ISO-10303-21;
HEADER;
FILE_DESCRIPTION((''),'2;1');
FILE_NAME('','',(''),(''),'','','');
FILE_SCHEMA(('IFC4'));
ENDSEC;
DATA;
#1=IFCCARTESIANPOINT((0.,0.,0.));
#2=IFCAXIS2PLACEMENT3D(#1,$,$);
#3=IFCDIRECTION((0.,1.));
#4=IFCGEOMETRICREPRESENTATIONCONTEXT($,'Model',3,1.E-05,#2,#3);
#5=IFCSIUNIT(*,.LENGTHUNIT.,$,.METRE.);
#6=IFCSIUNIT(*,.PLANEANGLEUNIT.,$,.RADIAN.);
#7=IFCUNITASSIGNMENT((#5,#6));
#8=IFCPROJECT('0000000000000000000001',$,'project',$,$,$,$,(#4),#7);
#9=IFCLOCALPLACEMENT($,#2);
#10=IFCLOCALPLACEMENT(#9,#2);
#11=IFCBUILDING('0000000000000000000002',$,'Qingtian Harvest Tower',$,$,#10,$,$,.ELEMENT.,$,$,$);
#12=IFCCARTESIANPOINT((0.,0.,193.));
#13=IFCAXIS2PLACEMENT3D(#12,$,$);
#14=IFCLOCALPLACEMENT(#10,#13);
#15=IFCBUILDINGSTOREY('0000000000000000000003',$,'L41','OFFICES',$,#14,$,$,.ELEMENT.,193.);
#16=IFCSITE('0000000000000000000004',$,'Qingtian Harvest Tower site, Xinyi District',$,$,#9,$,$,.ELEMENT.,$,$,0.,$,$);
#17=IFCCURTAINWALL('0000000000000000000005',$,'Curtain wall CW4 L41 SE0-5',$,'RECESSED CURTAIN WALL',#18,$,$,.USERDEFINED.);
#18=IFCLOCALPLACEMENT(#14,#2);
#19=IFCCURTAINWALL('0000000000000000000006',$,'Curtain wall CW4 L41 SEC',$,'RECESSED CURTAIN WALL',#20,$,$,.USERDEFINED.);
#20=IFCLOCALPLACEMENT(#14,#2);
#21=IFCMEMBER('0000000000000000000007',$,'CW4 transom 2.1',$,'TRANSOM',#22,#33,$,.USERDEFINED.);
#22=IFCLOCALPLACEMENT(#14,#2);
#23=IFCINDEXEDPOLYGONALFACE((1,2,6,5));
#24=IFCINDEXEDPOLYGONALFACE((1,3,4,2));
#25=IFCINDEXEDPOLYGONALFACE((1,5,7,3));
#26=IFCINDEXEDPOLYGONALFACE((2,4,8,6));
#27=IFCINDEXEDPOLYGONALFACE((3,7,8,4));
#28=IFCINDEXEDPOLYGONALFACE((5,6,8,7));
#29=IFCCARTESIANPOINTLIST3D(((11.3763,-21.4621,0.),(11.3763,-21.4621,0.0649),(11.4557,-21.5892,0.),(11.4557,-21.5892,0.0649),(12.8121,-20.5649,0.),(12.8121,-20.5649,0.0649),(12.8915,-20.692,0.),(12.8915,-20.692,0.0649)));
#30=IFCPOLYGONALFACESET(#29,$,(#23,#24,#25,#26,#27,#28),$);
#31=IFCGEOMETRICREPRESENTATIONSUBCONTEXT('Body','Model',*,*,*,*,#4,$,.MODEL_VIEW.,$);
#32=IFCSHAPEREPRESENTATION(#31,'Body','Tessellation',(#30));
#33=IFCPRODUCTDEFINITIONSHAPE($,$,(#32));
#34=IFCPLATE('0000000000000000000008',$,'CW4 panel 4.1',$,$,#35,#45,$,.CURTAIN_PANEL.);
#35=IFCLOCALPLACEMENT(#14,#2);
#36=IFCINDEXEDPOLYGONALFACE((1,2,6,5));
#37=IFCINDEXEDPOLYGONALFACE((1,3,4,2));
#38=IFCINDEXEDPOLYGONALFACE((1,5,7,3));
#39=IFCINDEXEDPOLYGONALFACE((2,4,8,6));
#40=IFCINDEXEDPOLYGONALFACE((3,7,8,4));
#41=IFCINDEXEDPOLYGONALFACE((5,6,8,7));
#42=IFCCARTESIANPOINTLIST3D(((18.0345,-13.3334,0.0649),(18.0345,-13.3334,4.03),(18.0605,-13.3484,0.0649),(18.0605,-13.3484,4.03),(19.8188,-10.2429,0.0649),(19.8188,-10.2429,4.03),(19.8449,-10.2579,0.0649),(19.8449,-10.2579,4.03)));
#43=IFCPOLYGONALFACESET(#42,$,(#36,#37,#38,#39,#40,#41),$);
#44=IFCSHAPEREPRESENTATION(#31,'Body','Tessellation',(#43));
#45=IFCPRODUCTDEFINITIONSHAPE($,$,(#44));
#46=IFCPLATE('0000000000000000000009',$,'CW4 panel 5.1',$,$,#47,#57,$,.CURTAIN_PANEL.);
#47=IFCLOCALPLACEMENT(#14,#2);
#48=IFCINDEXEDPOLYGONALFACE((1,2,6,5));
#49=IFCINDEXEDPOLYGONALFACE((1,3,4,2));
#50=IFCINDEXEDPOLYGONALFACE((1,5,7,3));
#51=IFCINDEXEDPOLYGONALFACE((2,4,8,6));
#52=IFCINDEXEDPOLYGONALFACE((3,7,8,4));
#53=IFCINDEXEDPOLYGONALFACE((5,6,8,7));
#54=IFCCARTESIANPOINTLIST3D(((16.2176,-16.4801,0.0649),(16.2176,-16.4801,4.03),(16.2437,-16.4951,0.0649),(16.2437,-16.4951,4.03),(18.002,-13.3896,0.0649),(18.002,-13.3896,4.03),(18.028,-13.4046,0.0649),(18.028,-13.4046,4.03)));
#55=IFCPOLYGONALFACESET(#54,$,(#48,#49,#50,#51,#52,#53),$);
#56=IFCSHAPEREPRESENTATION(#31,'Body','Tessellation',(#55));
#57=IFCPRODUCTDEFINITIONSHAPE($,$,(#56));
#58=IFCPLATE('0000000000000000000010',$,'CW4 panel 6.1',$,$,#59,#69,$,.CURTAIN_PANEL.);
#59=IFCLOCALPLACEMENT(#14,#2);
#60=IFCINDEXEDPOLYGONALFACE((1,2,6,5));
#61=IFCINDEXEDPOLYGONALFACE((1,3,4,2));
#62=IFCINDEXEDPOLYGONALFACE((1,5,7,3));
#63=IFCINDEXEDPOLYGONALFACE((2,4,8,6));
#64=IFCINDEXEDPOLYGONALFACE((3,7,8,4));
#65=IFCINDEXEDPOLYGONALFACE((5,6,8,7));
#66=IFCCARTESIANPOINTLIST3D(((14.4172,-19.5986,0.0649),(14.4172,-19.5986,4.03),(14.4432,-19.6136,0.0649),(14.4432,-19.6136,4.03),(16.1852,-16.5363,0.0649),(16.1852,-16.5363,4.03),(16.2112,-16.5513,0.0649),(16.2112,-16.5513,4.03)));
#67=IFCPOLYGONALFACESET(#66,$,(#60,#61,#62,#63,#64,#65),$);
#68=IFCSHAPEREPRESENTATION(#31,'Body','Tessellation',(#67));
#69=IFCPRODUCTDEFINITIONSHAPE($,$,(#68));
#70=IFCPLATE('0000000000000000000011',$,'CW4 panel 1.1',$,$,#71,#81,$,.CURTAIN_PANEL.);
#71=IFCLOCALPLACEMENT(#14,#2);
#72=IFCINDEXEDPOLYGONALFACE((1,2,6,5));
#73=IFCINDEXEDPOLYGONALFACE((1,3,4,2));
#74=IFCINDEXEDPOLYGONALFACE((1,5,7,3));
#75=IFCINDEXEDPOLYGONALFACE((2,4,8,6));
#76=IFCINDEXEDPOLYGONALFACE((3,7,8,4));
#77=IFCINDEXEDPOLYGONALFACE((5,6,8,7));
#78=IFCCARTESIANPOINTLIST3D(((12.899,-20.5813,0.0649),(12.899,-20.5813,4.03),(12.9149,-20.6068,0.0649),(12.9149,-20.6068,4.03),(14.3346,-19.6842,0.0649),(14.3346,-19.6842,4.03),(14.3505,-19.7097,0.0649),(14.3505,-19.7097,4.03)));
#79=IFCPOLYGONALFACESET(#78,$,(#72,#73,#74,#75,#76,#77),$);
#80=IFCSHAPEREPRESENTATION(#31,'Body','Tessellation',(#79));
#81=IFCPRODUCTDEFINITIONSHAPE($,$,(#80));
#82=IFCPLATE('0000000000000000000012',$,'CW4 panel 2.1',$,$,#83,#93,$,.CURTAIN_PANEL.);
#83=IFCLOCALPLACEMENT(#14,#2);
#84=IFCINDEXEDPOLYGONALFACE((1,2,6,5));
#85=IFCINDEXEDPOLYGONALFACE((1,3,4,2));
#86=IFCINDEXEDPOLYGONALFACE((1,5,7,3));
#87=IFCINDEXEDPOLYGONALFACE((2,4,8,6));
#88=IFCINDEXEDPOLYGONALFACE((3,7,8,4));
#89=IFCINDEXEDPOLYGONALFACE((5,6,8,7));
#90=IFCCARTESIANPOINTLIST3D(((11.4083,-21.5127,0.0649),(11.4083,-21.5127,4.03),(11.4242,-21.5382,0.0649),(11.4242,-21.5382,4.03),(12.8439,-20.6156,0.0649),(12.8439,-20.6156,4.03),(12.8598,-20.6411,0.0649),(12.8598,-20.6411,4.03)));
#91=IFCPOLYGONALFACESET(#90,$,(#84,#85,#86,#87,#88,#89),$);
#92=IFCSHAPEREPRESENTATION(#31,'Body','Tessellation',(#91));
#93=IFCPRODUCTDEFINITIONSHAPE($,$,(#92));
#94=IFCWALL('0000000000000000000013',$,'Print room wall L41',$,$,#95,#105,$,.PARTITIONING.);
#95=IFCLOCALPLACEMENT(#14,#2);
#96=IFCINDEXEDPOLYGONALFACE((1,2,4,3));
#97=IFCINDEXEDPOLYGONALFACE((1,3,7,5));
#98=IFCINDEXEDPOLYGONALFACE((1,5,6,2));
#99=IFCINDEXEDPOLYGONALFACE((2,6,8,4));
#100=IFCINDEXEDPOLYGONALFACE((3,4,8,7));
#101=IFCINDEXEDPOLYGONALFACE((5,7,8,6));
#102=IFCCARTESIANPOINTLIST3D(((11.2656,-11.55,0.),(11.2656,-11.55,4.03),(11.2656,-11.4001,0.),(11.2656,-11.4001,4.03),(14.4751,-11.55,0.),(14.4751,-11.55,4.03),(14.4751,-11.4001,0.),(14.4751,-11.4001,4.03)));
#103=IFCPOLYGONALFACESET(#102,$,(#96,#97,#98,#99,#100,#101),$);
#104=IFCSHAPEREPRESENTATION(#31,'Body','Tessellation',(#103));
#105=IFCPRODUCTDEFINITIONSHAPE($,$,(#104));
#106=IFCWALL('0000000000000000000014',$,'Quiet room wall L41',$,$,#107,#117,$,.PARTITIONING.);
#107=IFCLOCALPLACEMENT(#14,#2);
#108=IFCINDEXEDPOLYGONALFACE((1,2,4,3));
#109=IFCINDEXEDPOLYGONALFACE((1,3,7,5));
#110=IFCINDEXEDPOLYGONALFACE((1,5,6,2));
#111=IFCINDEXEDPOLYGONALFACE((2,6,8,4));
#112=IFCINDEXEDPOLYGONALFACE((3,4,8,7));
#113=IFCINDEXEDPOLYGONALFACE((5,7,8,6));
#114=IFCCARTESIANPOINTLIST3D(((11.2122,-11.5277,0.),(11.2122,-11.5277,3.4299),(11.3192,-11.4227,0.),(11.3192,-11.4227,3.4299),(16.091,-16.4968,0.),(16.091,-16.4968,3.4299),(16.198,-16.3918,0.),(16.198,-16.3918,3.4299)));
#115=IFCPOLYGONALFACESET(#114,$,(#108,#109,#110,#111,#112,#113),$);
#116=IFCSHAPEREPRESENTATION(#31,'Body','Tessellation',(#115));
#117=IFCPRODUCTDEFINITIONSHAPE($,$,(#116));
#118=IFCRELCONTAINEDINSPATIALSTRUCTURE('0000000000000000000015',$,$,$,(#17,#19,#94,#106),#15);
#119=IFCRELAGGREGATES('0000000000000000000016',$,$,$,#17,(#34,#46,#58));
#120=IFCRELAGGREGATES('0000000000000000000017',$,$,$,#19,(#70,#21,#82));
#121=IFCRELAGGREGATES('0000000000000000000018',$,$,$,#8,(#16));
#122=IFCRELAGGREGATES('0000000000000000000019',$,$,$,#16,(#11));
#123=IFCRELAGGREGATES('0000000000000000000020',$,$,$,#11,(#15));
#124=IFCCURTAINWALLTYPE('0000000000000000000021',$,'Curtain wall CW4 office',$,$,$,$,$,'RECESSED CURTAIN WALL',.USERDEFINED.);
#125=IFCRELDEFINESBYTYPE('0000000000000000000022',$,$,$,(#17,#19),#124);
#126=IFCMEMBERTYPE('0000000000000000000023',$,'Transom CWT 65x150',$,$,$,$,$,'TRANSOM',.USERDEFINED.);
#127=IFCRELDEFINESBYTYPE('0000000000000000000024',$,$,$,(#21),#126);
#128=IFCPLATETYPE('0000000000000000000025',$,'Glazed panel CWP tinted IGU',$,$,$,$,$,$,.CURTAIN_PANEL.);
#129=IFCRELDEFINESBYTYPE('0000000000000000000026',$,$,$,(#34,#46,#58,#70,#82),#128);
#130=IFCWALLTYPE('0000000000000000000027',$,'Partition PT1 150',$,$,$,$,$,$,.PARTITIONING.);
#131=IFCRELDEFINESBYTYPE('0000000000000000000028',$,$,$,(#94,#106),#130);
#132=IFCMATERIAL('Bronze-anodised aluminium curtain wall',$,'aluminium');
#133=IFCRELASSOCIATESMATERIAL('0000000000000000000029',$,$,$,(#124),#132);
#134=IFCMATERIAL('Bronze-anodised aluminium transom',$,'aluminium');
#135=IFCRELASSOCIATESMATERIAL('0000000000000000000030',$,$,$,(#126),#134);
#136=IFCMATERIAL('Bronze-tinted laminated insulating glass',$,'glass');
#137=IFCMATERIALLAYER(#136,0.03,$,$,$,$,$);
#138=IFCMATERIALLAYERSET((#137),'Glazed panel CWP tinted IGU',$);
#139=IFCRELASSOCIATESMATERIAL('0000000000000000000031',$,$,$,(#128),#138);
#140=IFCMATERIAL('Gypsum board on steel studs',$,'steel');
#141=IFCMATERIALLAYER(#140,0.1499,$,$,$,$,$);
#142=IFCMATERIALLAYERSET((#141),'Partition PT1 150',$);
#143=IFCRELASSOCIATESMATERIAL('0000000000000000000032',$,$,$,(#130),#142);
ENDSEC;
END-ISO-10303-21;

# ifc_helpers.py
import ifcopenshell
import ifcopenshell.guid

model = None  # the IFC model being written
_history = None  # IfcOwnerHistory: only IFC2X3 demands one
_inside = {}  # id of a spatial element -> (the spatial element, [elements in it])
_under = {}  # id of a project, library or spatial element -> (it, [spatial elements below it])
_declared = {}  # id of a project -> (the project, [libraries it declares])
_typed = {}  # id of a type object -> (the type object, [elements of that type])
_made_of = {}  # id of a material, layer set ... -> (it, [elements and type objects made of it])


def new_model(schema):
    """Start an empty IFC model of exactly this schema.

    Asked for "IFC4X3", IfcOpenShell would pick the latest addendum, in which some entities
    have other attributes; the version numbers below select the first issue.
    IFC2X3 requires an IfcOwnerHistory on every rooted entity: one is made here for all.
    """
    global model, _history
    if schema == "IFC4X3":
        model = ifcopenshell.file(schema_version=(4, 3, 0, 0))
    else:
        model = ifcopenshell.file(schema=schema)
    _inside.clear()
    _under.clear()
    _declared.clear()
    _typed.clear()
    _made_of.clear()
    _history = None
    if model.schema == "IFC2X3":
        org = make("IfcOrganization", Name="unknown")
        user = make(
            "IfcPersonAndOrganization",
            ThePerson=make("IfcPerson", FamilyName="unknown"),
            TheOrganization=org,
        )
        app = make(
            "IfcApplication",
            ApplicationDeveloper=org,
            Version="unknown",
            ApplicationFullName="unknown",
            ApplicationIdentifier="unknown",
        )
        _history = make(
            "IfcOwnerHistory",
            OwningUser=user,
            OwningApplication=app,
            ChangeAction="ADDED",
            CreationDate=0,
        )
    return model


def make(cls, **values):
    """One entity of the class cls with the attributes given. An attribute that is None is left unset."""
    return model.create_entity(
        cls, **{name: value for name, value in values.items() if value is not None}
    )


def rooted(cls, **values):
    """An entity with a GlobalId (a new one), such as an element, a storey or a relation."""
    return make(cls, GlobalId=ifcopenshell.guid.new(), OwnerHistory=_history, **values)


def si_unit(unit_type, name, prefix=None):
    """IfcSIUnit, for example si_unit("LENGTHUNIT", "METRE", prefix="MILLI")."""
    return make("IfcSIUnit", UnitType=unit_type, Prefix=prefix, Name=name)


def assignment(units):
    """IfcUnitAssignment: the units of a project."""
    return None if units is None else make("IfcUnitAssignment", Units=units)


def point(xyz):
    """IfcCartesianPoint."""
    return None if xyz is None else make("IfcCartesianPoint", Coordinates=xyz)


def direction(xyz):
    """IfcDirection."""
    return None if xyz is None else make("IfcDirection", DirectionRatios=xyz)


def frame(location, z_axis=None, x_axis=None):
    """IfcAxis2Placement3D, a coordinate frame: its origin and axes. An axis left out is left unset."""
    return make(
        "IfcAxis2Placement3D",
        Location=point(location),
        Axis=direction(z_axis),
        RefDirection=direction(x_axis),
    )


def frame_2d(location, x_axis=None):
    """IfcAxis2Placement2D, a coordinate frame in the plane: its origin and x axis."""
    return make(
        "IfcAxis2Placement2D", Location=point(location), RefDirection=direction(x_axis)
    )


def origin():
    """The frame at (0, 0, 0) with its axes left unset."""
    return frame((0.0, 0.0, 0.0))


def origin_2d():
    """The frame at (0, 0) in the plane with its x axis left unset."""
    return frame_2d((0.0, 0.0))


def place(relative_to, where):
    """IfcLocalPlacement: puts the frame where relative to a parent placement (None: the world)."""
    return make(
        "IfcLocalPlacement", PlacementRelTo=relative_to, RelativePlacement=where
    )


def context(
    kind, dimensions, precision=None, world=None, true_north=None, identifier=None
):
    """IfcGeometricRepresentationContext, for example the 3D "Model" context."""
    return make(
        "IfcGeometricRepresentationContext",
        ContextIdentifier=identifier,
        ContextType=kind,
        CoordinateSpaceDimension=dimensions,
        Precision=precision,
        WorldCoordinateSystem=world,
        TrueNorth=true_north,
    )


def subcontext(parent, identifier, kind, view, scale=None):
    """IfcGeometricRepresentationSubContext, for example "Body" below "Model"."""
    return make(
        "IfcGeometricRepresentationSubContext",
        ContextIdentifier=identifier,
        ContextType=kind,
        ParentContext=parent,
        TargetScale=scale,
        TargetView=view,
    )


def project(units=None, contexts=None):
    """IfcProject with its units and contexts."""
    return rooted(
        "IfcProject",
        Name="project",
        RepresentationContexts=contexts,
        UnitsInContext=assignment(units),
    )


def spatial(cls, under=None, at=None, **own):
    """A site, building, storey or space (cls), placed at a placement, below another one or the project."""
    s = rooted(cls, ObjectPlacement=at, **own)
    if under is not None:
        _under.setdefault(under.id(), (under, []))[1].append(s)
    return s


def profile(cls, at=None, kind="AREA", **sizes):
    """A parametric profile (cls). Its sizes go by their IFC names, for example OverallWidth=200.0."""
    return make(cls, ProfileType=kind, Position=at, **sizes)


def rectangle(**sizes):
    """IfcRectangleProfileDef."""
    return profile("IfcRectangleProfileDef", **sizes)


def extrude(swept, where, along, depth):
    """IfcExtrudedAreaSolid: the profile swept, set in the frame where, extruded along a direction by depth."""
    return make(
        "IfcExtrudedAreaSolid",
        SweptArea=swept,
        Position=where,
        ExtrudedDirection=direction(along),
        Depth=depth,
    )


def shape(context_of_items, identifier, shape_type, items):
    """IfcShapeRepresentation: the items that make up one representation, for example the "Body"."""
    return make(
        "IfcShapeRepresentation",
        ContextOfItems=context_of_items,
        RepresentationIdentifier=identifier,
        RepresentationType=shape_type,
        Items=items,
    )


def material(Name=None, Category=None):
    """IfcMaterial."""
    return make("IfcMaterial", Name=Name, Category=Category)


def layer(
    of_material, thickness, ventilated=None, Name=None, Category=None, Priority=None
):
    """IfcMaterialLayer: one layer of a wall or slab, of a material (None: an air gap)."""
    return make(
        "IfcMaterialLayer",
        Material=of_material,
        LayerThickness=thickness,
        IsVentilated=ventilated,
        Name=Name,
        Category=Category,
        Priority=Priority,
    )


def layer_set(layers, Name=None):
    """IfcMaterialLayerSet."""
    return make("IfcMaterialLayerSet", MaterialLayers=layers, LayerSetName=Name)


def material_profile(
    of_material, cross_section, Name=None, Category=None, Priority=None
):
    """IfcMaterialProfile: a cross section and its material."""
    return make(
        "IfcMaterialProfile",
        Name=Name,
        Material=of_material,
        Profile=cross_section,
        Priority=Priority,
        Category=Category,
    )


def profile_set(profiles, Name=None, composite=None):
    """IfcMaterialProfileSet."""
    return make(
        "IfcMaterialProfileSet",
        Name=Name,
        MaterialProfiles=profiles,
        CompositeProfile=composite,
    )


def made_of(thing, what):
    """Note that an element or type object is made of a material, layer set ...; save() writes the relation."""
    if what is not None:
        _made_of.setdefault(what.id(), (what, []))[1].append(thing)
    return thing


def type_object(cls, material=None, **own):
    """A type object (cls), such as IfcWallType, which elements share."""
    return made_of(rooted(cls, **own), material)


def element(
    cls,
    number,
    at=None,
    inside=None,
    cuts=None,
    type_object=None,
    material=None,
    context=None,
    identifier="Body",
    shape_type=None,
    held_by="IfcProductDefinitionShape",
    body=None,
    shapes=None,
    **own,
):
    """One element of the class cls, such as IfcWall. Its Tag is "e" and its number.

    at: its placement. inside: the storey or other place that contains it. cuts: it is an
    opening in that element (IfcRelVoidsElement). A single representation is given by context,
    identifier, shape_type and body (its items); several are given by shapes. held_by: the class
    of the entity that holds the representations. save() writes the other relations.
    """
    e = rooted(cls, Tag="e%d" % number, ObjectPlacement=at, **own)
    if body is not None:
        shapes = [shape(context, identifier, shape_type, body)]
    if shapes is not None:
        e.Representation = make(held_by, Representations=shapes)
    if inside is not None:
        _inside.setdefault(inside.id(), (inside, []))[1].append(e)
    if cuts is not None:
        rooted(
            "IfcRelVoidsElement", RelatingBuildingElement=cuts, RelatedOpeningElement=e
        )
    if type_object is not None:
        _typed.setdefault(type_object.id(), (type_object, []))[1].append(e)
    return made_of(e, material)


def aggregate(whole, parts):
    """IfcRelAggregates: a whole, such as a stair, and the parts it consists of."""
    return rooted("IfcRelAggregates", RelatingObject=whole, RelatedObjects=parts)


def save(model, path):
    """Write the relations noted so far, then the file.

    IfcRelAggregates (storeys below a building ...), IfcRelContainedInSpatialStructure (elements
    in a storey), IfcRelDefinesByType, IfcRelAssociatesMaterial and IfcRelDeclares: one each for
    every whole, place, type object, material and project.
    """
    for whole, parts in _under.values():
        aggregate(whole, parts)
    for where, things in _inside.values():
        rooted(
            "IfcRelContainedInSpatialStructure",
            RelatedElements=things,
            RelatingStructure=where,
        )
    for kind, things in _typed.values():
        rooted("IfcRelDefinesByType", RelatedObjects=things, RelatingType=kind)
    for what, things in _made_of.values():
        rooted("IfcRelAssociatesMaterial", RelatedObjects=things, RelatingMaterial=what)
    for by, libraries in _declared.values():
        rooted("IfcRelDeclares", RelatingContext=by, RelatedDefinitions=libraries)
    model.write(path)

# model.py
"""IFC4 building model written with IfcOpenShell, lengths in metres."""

from ifc_helpers import new_model, si_unit, direction, frame, frame_2d, origin, origin_2d, place, context, subcontext, project, spatial, rectangle, extrude, material, layer, layer_set, material_profile, profile_set, type_object, element, aggregate, save


model = new_model("IFC4")

# Units and contexts
model_context = context("Model", 3, precision=1e-05, world=origin(), true_north=direction((0.0, 1.0)))
body_context = subcontext(model_context, "Body", "Model", "MODEL_VIEW")
ifc_project = project(units=[si_unit("LENGTHUNIT", "METRE"), si_unit("PLANEANGLEUNIT", "RADIAN")], contexts=[model_context])

# Site, building, storey
site_placement = place(None, origin())
site = spatial("IfcSite", under=ifc_project, at=site_placement, Name="Qingtian Harvest Tower site, Xinyi District", CompositionType="ELEMENT", RefElevation=0.0)
building_placement = place(site_placement, origin())
building = spatial("IfcBuilding", under=site, at=building_placement, Name="Qingtian Harvest Tower", CompositionType="ELEMENT")
storey_placement = place(building_placement, frame((0.0, 0.0, 193.0)))
storey = spatial("IfcBuildingStorey", under=building, at=storey_placement, Name="L41", Description="OFFICES", CompositionType="ELEMENT", Elevation=193.0)

# Curtain walls
ifc_material_1 = material(Name="Bronze-anodised aluminium curtain wall", Category="aluminium")
curtain_wall_type = type_object("IfcCurtainWallType", Name="Curtain wall CW4 office", ElementType="RECESSED CURTAIN WALL", PredefinedType="USERDEFINED", material=ifc_material_1)
curtain_wall_1_placement = place(storey_placement, origin())
curtain_wall_1 = element("IfcCurtainWall", 1, at=curtain_wall_1_placement, inside=storey, type_object=curtain_wall_type, Name="Curtain wall CW4 L41 SE0-5", ObjectType="RECESSED CURTAIN WALL", PredefinedType="USERDEFINED")
curtain_wall_2_placement = place(storey_placement, origin())
curtain_wall_2 = element("IfcCurtainWall", 2, at=curtain_wall_2_placement, inside=storey, type_object=curtain_wall_type, Name="Curtain wall CW4 L41 SEC", ObjectType="RECESSED CURTAIN WALL", PredefinedType="USERDEFINED")

# Member
ifc_material_2 = material(Name="Bronze-anodised aluminium transom", Category="aluminium")
ifc_material_profile_1 = material_profile(ifc_material_2, rectangle(XDim=0.1499, YDim=0.0649, at=origin_2d()), Name="AL 65x150")
ifc_profile_set_1 = profile_set([ifc_material_profile_1], Name="Bronze-anodised aluminium transom")
member_type_1 = type_object("IfcMemberType", Name="Transom CWT 65x150", ElementType="TRANSOM", PredefinedType="USERDEFINED", material=ifc_profile_set_1)
member_1_placement = place(storey_placement, frame((12.8518, -20.6284, 0.0325), z_axis=(-0.848039, -0.529934, 0.0), x_axis=(0.529934, -0.848039, 0.0)))
member_1 = element("IfcMember", 3, at=member_1_placement, type_object=member_type_1, Name="CW4 transom 2.1", ObjectType="TRANSOM", PredefinedType="USERDEFINED", context=body_context, shape_type="SweptSolid", body=[
    extrude(rectangle(XDim=0.1499, YDim=0.0649, at=origin_2d()), origin(), (0.0, 0.0, 1.0), 1.6931),
])

# Plates
ifc_material_3 = material(Name="Bronze-tinted laminated insulating glass", Category="glass")
ifc_layer_1 = layer(ifc_material_3, 0.03)
ifc_layer_set_1 = layer_set([ifc_layer_1], Name="Glazed panel CWP tinted IGU")
plate_type = type_object("IfcPlateType", Name="Glazed panel CWP tinted IGU", PredefinedType="CURTAIN_PANEL", material=ifc_layer_set_1)
plate_1_placement = place(storey_placement, frame((18.9397, -11.7957, 0.0649), z_axis=(0.0, 0.0, 1.0), x_axis=(-0.5, -0.866025, 0.0)))
plate_1 = element("IfcPlate", 4, at=plate_1_placement, type_object=plate_type, Name="CW4 panel 4.1", PredefinedType="CURTAIN_PANEL", context=body_context, shape_type="SweptSolid", body=[
    extrude(rectangle(XDim=3.5686, YDim=0.03, at=origin_2d()), origin(), (0.0, 0.0, 1.0), 3.9651),
])
plate_2_placement = place(storey_placement, frame((17.1228, -14.9424, 0.0649), z_axis=(0.0, 0.0, 1.0), x_axis=(-0.5, -0.866025, 0.0)))
plate_2 = element("IfcPlate", 5, at=plate_2_placement, type_object=plate_type, Name="CW4 panel 5.1", PredefinedType="CURTAIN_PANEL", context=body_context, shape_type="SweptSolid", body=[
    extrude(rectangle(XDim=3.5686, YDim=0.03, at=origin_2d()), origin(), (0.0, 0.0, 1.0), 3.9651),
])
plate_3_placement = place(storey_placement, frame((15.3142, -18.075, 0.0649), z_axis=(0.0, 0.0, 1.0), x_axis=(-0.5, -0.866025, 0.0)))
plate_3 = element("IfcPlate", 6, at=plate_3_placement, type_object=plate_type, Name="CW4 panel 6.1", PredefinedType="CURTAIN_PANEL", context=body_context, shape_type="SweptSolid", body=[
    extrude(rectangle(XDim=3.5361, YDim=0.03, at=origin_2d()), origin(), (0.0, 0.0, 1.0), 3.9651),
])
aggregate(curtain_wall_1, [plate_1, plate_2, plate_3])
plate_4_placement = place(storey_placement, frame((13.6248, -20.1455, 0.0649), z_axis=(0.0, 0.0, 1.0), x_axis=(-0.848048, -0.529919, 0.0)))
plate_4 = element("IfcPlate", 7, at=plate_4_placement, type_object=plate_type, Name="CW4 panel 1.1", PredefinedType="CURTAIN_PANEL", context=body_context, shape_type="SweptSolid", body=[
    extrude(rectangle(XDim=1.6929, YDim=0.03, at=origin_2d()), origin(), (0.0, 0.0, 1.0), 3.9651),
])
plate_5_placement = place(storey_placement, frame((12.134, -21.0769, 0.0649), z_axis=(0.0, 0.0, 1.0), x_axis=(-0.848048, -0.529919, 0.0)))
plate_5 = element("IfcPlate", 8, at=plate_5_placement, type_object=plate_type, Name="CW4 panel 2.1", PredefinedType="CURTAIN_PANEL", context=body_context, shape_type="SweptSolid", body=[
    extrude(rectangle(XDim=1.6929, YDim=0.03, at=origin_2d()), origin(), (0.0, 0.0, 1.0), 3.9651),
])
aggregate(curtain_wall_2, [plate_4, member_1, plate_5])

# Walls
ifc_material_4 = material(Name="Gypsum board on steel studs", Category="steel")
ifc_layer_2 = layer(ifc_material_4, 0.1499)
ifc_layer_set_2 = layer_set([ifc_layer_2], Name="Partition PT1 150")
wall_type = type_object("IfcWallType", Name="Partition PT1 150", PredefinedType="PARTITIONING", material=ifc_layer_set_2)
wall_1_placement = place(storey_placement, frame((14.4751, -11.4751, 0.0), z_axis=(0.0, 0.0, 1.0), x_axis=(-1.0, 0.0, 0.0)))
element("IfcWall", 9, at=wall_1_placement, inside=storey, type_object=wall_type, Name="Print room wall L41", PredefinedType="PARTITIONING", context=body_context, shape_type="SweptSolid", body=[
    extrude(rectangle(XDim=3.2095, YDim=0.1499, at=frame_2d((1.6047, 0.0))), origin(), (0.0, 0.0, 1.0), 4.03),
])
wall_2_placement = place(storey_placement, frame((16.1445, -16.4443, 0.0), z_axis=(0.0, 0.0, 1.0), x_axis=(-0.700591, 0.713563, 0.0)))
element("IfcWall", 10, at=wall_2_placement, inside=storey, type_object=wall_type, Name="Quiet room wall L41", PredefinedType="PARTITIONING", context=body_context, shape_type="SweptSolid", body=[
    extrude(rectangle(XDim=6.9639, YDim=0.1499, at=frame_2d((3.4819, 0.0))), origin(), (0.0, 0.0, 1.0), 3.4299),
])

save(model, "model.ifc")
